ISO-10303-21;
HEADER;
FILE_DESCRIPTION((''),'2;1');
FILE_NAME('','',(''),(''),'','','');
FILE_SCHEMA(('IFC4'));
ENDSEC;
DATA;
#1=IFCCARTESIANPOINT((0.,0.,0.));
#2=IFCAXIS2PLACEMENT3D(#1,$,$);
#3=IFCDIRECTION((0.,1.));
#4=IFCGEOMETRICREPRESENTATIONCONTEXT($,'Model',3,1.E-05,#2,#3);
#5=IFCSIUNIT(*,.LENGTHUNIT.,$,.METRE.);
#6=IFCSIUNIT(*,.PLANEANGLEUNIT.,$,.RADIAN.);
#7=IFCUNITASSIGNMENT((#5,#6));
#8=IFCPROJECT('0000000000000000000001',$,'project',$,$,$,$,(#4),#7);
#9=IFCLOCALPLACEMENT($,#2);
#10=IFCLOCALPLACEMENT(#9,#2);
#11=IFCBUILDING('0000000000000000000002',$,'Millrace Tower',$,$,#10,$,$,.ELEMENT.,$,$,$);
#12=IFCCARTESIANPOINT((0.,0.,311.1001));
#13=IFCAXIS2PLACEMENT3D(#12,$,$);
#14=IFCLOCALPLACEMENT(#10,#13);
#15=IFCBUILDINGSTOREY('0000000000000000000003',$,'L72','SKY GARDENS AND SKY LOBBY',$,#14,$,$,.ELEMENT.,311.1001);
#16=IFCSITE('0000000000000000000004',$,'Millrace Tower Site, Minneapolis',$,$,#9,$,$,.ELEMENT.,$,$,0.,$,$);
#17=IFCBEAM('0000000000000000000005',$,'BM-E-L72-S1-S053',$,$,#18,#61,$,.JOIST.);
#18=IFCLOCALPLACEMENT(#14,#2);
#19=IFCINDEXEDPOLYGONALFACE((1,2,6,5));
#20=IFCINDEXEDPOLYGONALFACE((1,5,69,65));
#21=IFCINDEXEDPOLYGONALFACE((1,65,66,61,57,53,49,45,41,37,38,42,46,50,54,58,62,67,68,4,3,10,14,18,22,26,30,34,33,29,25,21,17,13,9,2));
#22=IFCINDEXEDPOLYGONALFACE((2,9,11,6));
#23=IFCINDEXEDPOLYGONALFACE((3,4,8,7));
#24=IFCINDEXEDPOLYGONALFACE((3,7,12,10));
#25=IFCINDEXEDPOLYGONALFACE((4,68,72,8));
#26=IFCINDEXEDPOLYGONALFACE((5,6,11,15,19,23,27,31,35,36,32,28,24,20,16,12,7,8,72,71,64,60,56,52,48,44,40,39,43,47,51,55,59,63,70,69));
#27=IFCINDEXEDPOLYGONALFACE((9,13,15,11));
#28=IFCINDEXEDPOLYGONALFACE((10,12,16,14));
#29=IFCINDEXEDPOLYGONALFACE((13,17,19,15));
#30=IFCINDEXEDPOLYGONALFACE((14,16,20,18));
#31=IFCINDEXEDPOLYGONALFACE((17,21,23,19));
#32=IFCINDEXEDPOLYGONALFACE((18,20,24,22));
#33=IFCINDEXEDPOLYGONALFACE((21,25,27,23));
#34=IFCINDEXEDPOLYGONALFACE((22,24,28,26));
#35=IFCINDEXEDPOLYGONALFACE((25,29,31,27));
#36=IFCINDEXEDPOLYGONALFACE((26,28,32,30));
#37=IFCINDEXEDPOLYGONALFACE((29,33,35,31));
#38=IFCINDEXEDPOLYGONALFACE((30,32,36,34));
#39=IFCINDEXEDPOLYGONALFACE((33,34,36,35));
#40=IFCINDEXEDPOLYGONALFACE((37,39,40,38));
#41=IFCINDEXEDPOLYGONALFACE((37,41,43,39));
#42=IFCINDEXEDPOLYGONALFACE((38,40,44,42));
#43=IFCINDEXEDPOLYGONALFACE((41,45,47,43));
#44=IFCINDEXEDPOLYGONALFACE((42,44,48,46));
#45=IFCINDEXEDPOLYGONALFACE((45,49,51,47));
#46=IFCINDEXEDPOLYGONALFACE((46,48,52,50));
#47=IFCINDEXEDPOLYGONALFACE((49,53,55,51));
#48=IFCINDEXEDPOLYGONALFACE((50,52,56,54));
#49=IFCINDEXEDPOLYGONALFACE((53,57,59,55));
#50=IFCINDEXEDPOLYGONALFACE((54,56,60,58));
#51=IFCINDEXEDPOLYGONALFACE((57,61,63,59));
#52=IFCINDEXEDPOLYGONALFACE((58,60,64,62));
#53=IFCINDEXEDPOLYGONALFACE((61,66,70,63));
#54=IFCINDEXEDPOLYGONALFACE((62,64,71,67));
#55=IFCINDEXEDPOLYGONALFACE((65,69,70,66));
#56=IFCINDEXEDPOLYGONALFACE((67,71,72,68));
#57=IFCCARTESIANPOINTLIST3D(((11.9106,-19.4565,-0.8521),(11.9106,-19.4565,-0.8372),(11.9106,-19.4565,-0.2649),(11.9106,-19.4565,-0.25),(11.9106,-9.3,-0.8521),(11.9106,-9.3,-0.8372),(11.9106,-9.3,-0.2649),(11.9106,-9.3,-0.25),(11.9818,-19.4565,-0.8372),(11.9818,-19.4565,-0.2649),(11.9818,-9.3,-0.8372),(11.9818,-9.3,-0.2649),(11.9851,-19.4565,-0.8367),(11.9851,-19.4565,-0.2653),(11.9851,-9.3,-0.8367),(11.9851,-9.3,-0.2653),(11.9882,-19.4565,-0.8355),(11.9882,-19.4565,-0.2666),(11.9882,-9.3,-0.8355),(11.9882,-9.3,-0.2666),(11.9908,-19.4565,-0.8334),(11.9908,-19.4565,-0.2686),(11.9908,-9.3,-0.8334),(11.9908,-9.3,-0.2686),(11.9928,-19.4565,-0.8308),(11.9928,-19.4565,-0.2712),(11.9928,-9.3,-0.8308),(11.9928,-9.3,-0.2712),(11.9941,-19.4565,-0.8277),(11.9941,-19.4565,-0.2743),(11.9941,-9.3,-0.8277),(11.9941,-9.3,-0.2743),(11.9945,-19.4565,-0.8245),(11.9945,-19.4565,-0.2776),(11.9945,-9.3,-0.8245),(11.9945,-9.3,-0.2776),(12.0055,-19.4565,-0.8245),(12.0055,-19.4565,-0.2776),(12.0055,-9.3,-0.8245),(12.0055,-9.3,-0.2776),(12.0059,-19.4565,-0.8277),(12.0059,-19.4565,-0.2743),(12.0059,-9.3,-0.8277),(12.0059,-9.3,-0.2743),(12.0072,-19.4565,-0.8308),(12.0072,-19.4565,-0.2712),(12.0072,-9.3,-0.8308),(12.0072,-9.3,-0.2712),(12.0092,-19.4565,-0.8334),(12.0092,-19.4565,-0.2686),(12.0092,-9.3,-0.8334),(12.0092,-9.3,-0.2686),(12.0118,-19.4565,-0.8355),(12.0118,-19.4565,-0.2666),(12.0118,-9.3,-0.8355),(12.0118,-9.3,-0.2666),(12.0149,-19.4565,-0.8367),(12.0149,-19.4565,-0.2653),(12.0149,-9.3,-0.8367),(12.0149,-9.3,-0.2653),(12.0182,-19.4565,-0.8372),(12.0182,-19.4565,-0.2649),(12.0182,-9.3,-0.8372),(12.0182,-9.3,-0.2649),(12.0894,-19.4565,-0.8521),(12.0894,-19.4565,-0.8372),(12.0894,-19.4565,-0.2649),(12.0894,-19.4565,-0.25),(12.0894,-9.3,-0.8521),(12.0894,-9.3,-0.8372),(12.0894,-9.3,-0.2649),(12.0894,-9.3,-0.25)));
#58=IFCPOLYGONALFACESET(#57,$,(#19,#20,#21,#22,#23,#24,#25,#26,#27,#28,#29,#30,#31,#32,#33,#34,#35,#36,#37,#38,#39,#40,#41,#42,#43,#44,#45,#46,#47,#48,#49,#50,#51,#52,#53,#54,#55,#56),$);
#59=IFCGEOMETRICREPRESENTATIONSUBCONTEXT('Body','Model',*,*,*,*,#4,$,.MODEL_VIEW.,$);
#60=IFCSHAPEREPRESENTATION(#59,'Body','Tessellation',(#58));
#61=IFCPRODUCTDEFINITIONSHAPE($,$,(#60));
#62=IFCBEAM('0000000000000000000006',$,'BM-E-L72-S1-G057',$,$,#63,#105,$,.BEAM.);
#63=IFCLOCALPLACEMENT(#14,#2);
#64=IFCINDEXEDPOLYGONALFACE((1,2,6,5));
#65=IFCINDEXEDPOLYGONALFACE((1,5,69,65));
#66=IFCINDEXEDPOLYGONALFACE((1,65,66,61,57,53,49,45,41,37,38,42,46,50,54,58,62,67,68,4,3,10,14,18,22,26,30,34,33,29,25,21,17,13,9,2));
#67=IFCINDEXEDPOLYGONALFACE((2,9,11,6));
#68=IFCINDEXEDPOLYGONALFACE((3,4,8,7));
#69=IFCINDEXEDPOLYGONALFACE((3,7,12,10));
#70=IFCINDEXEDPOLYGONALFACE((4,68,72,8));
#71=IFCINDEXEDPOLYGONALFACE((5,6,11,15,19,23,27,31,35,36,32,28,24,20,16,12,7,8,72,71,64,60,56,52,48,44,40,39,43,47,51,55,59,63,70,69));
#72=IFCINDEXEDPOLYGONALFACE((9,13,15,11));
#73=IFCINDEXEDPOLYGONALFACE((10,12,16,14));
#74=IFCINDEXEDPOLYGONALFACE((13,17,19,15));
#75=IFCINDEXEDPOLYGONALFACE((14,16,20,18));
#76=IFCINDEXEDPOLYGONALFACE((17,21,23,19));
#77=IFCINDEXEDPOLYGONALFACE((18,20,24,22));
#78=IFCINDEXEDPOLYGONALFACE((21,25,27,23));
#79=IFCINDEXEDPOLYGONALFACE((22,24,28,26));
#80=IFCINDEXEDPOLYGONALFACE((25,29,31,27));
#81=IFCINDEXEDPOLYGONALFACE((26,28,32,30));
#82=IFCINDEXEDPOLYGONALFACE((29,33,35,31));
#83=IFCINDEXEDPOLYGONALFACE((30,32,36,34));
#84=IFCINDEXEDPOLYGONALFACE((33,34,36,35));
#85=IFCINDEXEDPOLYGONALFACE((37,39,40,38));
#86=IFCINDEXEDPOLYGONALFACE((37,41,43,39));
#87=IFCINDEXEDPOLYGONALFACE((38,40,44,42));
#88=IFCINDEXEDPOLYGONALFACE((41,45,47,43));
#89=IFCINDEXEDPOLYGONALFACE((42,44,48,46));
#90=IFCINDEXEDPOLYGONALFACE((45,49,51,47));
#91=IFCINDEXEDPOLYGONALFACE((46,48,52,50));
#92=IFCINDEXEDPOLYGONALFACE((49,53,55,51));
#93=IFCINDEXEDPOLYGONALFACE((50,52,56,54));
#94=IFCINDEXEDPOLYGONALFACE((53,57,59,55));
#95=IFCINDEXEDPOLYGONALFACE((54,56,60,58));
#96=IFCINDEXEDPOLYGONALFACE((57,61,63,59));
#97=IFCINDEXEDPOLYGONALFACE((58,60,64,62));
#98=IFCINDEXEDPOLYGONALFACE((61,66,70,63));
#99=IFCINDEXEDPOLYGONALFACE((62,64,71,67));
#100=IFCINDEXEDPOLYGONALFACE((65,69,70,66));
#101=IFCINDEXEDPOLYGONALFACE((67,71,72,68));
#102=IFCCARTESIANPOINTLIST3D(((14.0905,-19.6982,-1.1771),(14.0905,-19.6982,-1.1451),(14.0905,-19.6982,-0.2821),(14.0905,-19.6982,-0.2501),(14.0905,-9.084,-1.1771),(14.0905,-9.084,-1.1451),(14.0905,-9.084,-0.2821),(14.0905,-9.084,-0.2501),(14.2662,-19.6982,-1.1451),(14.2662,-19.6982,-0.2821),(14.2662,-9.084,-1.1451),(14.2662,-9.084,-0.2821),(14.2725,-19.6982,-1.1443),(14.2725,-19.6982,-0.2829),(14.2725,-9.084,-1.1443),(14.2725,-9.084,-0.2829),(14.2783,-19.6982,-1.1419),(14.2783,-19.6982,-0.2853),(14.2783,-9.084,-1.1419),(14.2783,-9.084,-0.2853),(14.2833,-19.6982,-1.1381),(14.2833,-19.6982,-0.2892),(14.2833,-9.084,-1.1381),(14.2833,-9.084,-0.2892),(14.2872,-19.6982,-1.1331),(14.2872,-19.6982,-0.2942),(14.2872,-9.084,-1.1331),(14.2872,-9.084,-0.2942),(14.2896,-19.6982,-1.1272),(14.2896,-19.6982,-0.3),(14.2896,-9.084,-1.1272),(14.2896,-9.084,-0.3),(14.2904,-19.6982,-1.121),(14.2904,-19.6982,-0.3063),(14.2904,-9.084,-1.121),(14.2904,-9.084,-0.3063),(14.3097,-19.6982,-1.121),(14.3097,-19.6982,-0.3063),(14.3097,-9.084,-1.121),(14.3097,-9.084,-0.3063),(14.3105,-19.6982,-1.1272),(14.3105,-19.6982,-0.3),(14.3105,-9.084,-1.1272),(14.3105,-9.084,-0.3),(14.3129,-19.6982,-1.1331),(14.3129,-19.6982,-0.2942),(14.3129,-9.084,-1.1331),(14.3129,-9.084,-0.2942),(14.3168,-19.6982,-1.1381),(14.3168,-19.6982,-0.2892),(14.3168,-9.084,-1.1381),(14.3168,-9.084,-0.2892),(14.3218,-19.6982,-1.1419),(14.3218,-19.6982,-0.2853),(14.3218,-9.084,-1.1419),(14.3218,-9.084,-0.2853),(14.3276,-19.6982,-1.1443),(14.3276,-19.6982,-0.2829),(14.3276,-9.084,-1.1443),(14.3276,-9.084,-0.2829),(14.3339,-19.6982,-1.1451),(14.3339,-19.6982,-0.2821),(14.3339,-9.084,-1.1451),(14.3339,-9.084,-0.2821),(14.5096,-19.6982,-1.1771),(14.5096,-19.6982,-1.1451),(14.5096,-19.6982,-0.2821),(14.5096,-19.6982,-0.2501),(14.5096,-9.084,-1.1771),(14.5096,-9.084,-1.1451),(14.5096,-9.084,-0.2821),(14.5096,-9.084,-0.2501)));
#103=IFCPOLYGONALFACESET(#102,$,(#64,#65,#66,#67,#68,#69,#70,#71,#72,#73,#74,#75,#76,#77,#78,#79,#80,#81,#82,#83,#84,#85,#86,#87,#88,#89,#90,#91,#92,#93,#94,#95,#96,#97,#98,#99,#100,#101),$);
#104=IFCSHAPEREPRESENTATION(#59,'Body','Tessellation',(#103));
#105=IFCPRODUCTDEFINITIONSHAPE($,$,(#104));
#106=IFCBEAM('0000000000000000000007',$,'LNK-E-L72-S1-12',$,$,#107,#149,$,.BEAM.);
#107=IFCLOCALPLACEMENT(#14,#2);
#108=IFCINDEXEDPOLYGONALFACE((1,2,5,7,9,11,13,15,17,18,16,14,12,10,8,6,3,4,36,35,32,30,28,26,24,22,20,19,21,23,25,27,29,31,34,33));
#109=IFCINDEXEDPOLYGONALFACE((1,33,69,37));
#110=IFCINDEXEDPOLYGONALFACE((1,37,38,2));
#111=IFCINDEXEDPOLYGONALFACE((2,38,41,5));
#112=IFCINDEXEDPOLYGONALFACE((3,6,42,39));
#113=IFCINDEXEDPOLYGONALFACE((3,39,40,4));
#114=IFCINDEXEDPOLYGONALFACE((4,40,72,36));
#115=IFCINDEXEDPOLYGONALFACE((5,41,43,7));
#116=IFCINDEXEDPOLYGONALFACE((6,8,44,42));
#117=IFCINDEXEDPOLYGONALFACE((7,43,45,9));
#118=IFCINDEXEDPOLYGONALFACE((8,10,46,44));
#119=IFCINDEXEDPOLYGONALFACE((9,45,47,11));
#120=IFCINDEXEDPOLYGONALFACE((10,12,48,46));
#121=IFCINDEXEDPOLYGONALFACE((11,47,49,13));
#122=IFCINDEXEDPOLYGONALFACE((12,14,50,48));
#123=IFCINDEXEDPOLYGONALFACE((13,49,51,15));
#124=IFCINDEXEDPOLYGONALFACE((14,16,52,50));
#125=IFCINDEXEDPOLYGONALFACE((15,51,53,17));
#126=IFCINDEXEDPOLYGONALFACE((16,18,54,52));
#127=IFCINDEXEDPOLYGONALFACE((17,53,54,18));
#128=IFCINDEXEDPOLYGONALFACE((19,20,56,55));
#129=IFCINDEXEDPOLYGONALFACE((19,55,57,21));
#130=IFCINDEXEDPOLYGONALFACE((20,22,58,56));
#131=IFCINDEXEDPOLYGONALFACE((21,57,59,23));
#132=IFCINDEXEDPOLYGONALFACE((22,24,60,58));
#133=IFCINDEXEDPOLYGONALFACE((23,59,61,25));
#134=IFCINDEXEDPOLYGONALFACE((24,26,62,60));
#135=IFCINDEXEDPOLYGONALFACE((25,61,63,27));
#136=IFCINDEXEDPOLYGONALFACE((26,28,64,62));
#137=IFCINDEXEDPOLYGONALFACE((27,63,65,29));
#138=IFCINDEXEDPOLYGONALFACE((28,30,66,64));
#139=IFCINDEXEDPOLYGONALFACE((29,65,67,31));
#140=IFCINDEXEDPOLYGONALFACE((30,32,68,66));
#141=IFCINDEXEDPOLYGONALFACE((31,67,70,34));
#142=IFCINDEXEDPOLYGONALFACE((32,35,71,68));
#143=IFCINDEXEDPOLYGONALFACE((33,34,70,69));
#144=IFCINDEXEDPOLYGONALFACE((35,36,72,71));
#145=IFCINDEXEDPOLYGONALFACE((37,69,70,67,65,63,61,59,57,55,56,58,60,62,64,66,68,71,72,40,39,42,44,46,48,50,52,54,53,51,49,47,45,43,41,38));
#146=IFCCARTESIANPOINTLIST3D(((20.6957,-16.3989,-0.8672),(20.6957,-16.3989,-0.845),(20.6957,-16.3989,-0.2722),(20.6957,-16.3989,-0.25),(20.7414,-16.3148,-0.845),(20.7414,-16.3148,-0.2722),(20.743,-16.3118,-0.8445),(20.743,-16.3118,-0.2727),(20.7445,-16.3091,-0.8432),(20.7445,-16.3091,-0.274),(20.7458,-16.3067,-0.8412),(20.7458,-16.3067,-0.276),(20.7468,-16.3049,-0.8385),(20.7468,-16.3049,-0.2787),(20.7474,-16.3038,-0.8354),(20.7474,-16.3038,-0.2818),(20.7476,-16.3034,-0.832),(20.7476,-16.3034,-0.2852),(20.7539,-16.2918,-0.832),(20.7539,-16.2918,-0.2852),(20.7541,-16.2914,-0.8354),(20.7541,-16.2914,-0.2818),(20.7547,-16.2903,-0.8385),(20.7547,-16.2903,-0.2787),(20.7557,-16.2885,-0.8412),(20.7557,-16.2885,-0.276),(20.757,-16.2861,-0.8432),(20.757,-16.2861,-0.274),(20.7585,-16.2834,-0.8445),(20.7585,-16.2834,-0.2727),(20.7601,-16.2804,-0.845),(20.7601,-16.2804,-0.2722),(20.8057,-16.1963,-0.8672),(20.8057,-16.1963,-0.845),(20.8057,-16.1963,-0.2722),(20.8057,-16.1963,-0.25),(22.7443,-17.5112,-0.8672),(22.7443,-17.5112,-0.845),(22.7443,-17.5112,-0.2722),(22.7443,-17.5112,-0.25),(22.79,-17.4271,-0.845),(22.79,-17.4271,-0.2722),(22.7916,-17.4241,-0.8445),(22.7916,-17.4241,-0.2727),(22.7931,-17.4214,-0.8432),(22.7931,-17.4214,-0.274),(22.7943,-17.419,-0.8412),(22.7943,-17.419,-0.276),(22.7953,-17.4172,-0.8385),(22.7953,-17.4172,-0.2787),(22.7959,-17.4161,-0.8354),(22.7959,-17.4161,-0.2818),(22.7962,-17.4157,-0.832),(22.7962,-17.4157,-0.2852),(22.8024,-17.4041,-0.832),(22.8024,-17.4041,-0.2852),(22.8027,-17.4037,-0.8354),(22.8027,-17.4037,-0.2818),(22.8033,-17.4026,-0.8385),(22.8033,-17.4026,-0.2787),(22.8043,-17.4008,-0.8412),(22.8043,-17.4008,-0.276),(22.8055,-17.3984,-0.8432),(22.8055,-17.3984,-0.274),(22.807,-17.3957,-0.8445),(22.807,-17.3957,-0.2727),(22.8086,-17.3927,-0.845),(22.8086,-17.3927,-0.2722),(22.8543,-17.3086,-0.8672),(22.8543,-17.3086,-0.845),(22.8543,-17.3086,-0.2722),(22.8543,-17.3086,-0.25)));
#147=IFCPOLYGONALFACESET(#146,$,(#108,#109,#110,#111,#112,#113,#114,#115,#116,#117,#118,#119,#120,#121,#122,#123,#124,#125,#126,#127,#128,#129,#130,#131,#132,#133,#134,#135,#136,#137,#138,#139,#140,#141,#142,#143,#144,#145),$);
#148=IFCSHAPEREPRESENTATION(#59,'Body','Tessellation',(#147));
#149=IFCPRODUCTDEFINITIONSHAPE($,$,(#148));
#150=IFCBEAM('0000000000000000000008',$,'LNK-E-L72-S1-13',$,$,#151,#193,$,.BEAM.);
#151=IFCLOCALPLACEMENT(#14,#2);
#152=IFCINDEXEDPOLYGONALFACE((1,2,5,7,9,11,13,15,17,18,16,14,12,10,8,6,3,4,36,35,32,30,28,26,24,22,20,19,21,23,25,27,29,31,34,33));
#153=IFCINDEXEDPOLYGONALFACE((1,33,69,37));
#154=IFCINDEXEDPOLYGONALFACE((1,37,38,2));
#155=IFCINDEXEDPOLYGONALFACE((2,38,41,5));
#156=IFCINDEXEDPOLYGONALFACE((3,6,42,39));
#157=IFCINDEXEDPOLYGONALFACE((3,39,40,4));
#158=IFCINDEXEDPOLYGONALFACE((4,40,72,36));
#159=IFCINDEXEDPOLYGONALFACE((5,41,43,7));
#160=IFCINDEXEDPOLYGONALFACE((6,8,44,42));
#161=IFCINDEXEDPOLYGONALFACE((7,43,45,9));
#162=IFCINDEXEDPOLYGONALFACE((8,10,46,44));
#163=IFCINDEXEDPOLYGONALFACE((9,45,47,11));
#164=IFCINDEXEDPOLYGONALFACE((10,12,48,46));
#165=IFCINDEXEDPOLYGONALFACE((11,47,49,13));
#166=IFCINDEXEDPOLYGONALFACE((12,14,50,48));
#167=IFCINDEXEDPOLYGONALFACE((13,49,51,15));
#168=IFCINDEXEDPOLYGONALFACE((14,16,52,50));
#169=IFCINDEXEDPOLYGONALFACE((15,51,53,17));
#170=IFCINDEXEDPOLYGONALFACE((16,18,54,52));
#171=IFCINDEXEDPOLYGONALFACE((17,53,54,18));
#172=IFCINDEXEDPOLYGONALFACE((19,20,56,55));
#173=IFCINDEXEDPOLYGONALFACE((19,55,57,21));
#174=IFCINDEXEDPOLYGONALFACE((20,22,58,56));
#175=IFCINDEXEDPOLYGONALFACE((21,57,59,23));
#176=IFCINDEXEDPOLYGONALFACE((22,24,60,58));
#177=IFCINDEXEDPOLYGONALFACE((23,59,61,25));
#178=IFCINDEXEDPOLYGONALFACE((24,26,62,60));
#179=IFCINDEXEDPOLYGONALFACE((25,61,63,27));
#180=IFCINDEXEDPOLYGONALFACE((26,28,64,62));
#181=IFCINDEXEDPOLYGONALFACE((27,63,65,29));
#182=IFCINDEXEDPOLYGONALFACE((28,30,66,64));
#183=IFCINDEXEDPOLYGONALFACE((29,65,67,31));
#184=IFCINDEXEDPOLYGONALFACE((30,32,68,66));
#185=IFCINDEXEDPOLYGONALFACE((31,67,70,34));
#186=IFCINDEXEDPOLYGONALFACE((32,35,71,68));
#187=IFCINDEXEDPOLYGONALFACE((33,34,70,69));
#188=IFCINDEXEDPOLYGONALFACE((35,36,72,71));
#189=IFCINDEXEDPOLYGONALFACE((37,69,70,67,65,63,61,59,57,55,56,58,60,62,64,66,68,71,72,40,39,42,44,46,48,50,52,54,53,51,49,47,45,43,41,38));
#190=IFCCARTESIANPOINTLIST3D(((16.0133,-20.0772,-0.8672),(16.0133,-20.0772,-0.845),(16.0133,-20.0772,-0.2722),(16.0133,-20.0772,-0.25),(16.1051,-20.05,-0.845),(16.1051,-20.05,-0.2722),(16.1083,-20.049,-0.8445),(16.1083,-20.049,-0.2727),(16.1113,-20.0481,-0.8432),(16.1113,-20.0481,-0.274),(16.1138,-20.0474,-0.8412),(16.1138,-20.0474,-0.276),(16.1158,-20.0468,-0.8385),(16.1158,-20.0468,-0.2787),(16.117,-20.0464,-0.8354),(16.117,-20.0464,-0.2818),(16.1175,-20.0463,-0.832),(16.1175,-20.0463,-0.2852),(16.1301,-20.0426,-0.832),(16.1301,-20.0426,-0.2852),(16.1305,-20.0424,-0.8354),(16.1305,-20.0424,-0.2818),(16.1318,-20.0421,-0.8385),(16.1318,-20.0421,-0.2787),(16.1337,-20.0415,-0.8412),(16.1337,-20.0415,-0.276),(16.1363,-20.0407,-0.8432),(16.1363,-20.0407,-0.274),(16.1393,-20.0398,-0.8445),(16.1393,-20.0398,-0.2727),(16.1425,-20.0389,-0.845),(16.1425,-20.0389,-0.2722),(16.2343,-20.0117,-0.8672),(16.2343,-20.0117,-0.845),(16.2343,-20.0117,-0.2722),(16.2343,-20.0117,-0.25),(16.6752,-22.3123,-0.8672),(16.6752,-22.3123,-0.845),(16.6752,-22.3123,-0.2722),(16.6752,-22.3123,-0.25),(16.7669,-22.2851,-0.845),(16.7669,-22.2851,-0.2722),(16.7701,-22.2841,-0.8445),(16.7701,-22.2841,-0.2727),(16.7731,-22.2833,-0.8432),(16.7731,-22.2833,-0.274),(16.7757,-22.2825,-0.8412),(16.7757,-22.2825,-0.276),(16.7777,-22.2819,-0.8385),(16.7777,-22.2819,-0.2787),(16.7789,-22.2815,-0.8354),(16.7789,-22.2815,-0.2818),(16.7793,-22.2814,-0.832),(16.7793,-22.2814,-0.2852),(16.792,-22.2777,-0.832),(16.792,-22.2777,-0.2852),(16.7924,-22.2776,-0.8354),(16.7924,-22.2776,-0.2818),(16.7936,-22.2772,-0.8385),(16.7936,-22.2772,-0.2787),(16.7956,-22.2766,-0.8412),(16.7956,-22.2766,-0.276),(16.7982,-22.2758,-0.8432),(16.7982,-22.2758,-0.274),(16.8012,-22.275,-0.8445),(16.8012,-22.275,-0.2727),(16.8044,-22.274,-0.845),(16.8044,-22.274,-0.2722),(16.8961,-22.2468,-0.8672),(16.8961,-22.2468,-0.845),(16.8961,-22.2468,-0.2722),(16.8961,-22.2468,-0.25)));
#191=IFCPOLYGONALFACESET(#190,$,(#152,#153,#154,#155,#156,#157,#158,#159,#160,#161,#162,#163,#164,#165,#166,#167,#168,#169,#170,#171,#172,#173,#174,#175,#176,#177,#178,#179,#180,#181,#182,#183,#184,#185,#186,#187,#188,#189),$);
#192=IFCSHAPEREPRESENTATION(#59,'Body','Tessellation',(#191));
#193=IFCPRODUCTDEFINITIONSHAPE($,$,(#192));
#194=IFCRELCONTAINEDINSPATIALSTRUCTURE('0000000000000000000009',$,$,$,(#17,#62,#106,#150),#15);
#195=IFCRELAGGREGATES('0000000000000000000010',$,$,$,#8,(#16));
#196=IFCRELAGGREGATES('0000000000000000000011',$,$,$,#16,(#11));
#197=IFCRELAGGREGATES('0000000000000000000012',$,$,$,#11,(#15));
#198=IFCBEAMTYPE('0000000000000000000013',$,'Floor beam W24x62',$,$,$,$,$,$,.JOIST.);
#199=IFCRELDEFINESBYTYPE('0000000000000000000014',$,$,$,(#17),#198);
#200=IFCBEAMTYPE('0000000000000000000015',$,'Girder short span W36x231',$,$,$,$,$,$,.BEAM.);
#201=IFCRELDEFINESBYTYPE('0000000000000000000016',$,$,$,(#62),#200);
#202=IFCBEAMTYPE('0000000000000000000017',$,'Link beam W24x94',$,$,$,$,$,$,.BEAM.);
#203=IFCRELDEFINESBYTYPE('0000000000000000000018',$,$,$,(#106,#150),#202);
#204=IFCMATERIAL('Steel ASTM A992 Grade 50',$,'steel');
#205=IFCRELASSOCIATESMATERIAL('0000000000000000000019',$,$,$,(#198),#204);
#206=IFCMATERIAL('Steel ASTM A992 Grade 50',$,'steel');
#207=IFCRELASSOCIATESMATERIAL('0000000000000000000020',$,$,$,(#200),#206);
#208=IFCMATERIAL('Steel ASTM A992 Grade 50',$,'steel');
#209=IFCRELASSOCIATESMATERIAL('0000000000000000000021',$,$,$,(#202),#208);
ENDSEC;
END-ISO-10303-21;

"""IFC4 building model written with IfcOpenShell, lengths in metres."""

from ifc_helpers import new_model, si_unit, direction, frame, origin, origin_2d, place, context, subcontext, project, spatial, i_section, extrude, material, material_profile, profile_set, type_object, element, save


model = new_model("IFC4")

# Units and contexts
model_context = context("Model", 3, precision=1e-05, world=origin(), true_north=direction((0.0, 1.0)))
body_context = subcontext(model_context, "Body", "Model", "MODEL_VIEW")
ifc_project = project(units=[si_unit("LENGTHUNIT", "METRE"), si_unit("PLANEANGLEUNIT", "RADIAN")], contexts=[model_context])

# Site, building, storey
site_placement = place(None, origin())
site = spatial("IfcSite", under=ifc_project, at=site_placement, Name="Millrace Tower Site, Minneapolis", CompositionType="ELEMENT", RefElevation=0.0)
building_placement = place(site_placement, origin())
building = spatial("IfcBuilding", under=site, at=building_placement, Name="Millrace Tower", CompositionType="ELEMENT")
storey_placement = place(building_placement, frame((0.0, 0.0, 311.1001)))
storey = spatial("IfcBuildingStorey", under=building, at=storey_placement, Name="L72", Description="SKY GARDENS AND SKY LOBBY", CompositionType="ELEMENT", Elevation=311.1001)

# Beams
ifc_material_1 = material(Name="Steel ASTM A992 Grade 50", Category="steel")
ifc_material_profile_1 = material_profile(ifc_material_1, i_section(OverallWidth=0.1787, OverallDepth=0.6021, WebThickness=0.011, FlangeThickness=0.0149, FilletRadius=0.0127, at=origin_2d()))
ifc_profile_set_1 = profile_set([ifc_material_profile_1], Name="Steel ASTM A992 Grade 50")
beam_type_1 = type_object("IfcBeamType", Name="Floor beam W24x62", PredefinedType="JOIST", material=ifc_profile_set_1)
beam_1_placement = place(storey_placement, frame((12.0, -19.4565, -0.551), z_axis=(0.0, 1.0, 0.0), x_axis=(-1.0, 0.0, 0.0)))
element("IfcBeam", 1, at=beam_1_placement, inside=storey, type_object=beam_type_1, Name="BM-E-L72-S1-S053", PredefinedType="JOIST", context=body_context, shape_type="SweptSolid", body=[
    extrude(i_section(OverallWidth=0.1787, OverallDepth=0.6021, WebThickness=0.011, FlangeThickness=0.0149, FilletRadius=0.0127, at=origin_2d()), origin(), (0.0, 0.0, 1.0), 10.1565),
])
ifc_material_2 = material(Name="Steel ASTM A992 Grade 50", Category="steel")
ifc_material_profile_2 = material_profile(ifc_material_2, i_section(OverallWidth=0.4192, OverallDepth=0.927, WebThickness=0.0193, FlangeThickness=0.032, FilletRadius=0.0242, at=origin_2d()))
ifc_profile_set_2 = profile_set([ifc_material_profile_2], Name="Steel ASTM A992 Grade 50")
beam_type_2 = type_object("IfcBeamType", Name="Girder short span W36x231", PredefinedType="BEAM", material=ifc_profile_set_2)
beam_2_placement = place(storey_placement, frame((14.3, -19.6982, -0.7136), z_axis=(0.0, 1.0, 0.0), x_axis=(-1.0, 0.0, 0.0)))
element("IfcBeam", 2, at=beam_2_placement, inside=storey, type_object=beam_type_2, Name="BM-E-L72-S1-G057", PredefinedType="BEAM", context=body_context, shape_type="SweptSolid", body=[
    extrude(i_section(OverallWidth=0.4192, OverallDepth=0.927, WebThickness=0.0193, FlangeThickness=0.032, FilletRadius=0.0242, at=origin_2d()), origin(), (0.0, 0.0, 1.0), 10.6143),
])
ifc_material_3 = material(Name="Steel ASTM A992 Grade 50", Category="steel")
ifc_material_profile_3 = material_profile(ifc_material_3, i_section(OverallWidth=0.2305, OverallDepth=0.6172, WebThickness=0.0132, FlangeThickness=0.0222, FilletRadius=0.0129, at=origin_2d()))
ifc_profile_set_3 = profile_set([ifc_material_profile_3], Name="Steel ASTM A992 Grade 50")
beam_type_3 = type_object("IfcBeamType", Name="Link beam W24x94", PredefinedType="BEAM", material=ifc_profile_set_3)
for number, where, z_axis, x_axis, name in (
    (3, (20.7507, -16.2976, -0.5586), (0.878815, -0.477164, 0.0), (0.477164, 0.878815, 0.0), "LNK-E-L72-S1-12"),
    (4, (16.1238, -20.0444, -0.5586), (0.283935, -0.958844, 0.0), (0.958844, 0.283935, 0.0), "LNK-E-L72-S1-13"),
):
    element("IfcBeam", number, at=place(storey_placement, frame(where, z_axis=z_axis, x_axis=x_axis)), inside=storey, type_object=beam_type_3, Name=name, PredefinedType="BEAM", context=body_context, shape_type="SweptSolid", body=[
        extrude(i_section(OverallWidth=0.2305, OverallDepth=0.6172, WebThickness=0.0132, FlangeThickness=0.0222, FilletRadius=0.0129, at=origin_2d()), origin(), (0.0, 0.0, 1.0), 2.3311),
    ])

save(model, "model.ifc")
